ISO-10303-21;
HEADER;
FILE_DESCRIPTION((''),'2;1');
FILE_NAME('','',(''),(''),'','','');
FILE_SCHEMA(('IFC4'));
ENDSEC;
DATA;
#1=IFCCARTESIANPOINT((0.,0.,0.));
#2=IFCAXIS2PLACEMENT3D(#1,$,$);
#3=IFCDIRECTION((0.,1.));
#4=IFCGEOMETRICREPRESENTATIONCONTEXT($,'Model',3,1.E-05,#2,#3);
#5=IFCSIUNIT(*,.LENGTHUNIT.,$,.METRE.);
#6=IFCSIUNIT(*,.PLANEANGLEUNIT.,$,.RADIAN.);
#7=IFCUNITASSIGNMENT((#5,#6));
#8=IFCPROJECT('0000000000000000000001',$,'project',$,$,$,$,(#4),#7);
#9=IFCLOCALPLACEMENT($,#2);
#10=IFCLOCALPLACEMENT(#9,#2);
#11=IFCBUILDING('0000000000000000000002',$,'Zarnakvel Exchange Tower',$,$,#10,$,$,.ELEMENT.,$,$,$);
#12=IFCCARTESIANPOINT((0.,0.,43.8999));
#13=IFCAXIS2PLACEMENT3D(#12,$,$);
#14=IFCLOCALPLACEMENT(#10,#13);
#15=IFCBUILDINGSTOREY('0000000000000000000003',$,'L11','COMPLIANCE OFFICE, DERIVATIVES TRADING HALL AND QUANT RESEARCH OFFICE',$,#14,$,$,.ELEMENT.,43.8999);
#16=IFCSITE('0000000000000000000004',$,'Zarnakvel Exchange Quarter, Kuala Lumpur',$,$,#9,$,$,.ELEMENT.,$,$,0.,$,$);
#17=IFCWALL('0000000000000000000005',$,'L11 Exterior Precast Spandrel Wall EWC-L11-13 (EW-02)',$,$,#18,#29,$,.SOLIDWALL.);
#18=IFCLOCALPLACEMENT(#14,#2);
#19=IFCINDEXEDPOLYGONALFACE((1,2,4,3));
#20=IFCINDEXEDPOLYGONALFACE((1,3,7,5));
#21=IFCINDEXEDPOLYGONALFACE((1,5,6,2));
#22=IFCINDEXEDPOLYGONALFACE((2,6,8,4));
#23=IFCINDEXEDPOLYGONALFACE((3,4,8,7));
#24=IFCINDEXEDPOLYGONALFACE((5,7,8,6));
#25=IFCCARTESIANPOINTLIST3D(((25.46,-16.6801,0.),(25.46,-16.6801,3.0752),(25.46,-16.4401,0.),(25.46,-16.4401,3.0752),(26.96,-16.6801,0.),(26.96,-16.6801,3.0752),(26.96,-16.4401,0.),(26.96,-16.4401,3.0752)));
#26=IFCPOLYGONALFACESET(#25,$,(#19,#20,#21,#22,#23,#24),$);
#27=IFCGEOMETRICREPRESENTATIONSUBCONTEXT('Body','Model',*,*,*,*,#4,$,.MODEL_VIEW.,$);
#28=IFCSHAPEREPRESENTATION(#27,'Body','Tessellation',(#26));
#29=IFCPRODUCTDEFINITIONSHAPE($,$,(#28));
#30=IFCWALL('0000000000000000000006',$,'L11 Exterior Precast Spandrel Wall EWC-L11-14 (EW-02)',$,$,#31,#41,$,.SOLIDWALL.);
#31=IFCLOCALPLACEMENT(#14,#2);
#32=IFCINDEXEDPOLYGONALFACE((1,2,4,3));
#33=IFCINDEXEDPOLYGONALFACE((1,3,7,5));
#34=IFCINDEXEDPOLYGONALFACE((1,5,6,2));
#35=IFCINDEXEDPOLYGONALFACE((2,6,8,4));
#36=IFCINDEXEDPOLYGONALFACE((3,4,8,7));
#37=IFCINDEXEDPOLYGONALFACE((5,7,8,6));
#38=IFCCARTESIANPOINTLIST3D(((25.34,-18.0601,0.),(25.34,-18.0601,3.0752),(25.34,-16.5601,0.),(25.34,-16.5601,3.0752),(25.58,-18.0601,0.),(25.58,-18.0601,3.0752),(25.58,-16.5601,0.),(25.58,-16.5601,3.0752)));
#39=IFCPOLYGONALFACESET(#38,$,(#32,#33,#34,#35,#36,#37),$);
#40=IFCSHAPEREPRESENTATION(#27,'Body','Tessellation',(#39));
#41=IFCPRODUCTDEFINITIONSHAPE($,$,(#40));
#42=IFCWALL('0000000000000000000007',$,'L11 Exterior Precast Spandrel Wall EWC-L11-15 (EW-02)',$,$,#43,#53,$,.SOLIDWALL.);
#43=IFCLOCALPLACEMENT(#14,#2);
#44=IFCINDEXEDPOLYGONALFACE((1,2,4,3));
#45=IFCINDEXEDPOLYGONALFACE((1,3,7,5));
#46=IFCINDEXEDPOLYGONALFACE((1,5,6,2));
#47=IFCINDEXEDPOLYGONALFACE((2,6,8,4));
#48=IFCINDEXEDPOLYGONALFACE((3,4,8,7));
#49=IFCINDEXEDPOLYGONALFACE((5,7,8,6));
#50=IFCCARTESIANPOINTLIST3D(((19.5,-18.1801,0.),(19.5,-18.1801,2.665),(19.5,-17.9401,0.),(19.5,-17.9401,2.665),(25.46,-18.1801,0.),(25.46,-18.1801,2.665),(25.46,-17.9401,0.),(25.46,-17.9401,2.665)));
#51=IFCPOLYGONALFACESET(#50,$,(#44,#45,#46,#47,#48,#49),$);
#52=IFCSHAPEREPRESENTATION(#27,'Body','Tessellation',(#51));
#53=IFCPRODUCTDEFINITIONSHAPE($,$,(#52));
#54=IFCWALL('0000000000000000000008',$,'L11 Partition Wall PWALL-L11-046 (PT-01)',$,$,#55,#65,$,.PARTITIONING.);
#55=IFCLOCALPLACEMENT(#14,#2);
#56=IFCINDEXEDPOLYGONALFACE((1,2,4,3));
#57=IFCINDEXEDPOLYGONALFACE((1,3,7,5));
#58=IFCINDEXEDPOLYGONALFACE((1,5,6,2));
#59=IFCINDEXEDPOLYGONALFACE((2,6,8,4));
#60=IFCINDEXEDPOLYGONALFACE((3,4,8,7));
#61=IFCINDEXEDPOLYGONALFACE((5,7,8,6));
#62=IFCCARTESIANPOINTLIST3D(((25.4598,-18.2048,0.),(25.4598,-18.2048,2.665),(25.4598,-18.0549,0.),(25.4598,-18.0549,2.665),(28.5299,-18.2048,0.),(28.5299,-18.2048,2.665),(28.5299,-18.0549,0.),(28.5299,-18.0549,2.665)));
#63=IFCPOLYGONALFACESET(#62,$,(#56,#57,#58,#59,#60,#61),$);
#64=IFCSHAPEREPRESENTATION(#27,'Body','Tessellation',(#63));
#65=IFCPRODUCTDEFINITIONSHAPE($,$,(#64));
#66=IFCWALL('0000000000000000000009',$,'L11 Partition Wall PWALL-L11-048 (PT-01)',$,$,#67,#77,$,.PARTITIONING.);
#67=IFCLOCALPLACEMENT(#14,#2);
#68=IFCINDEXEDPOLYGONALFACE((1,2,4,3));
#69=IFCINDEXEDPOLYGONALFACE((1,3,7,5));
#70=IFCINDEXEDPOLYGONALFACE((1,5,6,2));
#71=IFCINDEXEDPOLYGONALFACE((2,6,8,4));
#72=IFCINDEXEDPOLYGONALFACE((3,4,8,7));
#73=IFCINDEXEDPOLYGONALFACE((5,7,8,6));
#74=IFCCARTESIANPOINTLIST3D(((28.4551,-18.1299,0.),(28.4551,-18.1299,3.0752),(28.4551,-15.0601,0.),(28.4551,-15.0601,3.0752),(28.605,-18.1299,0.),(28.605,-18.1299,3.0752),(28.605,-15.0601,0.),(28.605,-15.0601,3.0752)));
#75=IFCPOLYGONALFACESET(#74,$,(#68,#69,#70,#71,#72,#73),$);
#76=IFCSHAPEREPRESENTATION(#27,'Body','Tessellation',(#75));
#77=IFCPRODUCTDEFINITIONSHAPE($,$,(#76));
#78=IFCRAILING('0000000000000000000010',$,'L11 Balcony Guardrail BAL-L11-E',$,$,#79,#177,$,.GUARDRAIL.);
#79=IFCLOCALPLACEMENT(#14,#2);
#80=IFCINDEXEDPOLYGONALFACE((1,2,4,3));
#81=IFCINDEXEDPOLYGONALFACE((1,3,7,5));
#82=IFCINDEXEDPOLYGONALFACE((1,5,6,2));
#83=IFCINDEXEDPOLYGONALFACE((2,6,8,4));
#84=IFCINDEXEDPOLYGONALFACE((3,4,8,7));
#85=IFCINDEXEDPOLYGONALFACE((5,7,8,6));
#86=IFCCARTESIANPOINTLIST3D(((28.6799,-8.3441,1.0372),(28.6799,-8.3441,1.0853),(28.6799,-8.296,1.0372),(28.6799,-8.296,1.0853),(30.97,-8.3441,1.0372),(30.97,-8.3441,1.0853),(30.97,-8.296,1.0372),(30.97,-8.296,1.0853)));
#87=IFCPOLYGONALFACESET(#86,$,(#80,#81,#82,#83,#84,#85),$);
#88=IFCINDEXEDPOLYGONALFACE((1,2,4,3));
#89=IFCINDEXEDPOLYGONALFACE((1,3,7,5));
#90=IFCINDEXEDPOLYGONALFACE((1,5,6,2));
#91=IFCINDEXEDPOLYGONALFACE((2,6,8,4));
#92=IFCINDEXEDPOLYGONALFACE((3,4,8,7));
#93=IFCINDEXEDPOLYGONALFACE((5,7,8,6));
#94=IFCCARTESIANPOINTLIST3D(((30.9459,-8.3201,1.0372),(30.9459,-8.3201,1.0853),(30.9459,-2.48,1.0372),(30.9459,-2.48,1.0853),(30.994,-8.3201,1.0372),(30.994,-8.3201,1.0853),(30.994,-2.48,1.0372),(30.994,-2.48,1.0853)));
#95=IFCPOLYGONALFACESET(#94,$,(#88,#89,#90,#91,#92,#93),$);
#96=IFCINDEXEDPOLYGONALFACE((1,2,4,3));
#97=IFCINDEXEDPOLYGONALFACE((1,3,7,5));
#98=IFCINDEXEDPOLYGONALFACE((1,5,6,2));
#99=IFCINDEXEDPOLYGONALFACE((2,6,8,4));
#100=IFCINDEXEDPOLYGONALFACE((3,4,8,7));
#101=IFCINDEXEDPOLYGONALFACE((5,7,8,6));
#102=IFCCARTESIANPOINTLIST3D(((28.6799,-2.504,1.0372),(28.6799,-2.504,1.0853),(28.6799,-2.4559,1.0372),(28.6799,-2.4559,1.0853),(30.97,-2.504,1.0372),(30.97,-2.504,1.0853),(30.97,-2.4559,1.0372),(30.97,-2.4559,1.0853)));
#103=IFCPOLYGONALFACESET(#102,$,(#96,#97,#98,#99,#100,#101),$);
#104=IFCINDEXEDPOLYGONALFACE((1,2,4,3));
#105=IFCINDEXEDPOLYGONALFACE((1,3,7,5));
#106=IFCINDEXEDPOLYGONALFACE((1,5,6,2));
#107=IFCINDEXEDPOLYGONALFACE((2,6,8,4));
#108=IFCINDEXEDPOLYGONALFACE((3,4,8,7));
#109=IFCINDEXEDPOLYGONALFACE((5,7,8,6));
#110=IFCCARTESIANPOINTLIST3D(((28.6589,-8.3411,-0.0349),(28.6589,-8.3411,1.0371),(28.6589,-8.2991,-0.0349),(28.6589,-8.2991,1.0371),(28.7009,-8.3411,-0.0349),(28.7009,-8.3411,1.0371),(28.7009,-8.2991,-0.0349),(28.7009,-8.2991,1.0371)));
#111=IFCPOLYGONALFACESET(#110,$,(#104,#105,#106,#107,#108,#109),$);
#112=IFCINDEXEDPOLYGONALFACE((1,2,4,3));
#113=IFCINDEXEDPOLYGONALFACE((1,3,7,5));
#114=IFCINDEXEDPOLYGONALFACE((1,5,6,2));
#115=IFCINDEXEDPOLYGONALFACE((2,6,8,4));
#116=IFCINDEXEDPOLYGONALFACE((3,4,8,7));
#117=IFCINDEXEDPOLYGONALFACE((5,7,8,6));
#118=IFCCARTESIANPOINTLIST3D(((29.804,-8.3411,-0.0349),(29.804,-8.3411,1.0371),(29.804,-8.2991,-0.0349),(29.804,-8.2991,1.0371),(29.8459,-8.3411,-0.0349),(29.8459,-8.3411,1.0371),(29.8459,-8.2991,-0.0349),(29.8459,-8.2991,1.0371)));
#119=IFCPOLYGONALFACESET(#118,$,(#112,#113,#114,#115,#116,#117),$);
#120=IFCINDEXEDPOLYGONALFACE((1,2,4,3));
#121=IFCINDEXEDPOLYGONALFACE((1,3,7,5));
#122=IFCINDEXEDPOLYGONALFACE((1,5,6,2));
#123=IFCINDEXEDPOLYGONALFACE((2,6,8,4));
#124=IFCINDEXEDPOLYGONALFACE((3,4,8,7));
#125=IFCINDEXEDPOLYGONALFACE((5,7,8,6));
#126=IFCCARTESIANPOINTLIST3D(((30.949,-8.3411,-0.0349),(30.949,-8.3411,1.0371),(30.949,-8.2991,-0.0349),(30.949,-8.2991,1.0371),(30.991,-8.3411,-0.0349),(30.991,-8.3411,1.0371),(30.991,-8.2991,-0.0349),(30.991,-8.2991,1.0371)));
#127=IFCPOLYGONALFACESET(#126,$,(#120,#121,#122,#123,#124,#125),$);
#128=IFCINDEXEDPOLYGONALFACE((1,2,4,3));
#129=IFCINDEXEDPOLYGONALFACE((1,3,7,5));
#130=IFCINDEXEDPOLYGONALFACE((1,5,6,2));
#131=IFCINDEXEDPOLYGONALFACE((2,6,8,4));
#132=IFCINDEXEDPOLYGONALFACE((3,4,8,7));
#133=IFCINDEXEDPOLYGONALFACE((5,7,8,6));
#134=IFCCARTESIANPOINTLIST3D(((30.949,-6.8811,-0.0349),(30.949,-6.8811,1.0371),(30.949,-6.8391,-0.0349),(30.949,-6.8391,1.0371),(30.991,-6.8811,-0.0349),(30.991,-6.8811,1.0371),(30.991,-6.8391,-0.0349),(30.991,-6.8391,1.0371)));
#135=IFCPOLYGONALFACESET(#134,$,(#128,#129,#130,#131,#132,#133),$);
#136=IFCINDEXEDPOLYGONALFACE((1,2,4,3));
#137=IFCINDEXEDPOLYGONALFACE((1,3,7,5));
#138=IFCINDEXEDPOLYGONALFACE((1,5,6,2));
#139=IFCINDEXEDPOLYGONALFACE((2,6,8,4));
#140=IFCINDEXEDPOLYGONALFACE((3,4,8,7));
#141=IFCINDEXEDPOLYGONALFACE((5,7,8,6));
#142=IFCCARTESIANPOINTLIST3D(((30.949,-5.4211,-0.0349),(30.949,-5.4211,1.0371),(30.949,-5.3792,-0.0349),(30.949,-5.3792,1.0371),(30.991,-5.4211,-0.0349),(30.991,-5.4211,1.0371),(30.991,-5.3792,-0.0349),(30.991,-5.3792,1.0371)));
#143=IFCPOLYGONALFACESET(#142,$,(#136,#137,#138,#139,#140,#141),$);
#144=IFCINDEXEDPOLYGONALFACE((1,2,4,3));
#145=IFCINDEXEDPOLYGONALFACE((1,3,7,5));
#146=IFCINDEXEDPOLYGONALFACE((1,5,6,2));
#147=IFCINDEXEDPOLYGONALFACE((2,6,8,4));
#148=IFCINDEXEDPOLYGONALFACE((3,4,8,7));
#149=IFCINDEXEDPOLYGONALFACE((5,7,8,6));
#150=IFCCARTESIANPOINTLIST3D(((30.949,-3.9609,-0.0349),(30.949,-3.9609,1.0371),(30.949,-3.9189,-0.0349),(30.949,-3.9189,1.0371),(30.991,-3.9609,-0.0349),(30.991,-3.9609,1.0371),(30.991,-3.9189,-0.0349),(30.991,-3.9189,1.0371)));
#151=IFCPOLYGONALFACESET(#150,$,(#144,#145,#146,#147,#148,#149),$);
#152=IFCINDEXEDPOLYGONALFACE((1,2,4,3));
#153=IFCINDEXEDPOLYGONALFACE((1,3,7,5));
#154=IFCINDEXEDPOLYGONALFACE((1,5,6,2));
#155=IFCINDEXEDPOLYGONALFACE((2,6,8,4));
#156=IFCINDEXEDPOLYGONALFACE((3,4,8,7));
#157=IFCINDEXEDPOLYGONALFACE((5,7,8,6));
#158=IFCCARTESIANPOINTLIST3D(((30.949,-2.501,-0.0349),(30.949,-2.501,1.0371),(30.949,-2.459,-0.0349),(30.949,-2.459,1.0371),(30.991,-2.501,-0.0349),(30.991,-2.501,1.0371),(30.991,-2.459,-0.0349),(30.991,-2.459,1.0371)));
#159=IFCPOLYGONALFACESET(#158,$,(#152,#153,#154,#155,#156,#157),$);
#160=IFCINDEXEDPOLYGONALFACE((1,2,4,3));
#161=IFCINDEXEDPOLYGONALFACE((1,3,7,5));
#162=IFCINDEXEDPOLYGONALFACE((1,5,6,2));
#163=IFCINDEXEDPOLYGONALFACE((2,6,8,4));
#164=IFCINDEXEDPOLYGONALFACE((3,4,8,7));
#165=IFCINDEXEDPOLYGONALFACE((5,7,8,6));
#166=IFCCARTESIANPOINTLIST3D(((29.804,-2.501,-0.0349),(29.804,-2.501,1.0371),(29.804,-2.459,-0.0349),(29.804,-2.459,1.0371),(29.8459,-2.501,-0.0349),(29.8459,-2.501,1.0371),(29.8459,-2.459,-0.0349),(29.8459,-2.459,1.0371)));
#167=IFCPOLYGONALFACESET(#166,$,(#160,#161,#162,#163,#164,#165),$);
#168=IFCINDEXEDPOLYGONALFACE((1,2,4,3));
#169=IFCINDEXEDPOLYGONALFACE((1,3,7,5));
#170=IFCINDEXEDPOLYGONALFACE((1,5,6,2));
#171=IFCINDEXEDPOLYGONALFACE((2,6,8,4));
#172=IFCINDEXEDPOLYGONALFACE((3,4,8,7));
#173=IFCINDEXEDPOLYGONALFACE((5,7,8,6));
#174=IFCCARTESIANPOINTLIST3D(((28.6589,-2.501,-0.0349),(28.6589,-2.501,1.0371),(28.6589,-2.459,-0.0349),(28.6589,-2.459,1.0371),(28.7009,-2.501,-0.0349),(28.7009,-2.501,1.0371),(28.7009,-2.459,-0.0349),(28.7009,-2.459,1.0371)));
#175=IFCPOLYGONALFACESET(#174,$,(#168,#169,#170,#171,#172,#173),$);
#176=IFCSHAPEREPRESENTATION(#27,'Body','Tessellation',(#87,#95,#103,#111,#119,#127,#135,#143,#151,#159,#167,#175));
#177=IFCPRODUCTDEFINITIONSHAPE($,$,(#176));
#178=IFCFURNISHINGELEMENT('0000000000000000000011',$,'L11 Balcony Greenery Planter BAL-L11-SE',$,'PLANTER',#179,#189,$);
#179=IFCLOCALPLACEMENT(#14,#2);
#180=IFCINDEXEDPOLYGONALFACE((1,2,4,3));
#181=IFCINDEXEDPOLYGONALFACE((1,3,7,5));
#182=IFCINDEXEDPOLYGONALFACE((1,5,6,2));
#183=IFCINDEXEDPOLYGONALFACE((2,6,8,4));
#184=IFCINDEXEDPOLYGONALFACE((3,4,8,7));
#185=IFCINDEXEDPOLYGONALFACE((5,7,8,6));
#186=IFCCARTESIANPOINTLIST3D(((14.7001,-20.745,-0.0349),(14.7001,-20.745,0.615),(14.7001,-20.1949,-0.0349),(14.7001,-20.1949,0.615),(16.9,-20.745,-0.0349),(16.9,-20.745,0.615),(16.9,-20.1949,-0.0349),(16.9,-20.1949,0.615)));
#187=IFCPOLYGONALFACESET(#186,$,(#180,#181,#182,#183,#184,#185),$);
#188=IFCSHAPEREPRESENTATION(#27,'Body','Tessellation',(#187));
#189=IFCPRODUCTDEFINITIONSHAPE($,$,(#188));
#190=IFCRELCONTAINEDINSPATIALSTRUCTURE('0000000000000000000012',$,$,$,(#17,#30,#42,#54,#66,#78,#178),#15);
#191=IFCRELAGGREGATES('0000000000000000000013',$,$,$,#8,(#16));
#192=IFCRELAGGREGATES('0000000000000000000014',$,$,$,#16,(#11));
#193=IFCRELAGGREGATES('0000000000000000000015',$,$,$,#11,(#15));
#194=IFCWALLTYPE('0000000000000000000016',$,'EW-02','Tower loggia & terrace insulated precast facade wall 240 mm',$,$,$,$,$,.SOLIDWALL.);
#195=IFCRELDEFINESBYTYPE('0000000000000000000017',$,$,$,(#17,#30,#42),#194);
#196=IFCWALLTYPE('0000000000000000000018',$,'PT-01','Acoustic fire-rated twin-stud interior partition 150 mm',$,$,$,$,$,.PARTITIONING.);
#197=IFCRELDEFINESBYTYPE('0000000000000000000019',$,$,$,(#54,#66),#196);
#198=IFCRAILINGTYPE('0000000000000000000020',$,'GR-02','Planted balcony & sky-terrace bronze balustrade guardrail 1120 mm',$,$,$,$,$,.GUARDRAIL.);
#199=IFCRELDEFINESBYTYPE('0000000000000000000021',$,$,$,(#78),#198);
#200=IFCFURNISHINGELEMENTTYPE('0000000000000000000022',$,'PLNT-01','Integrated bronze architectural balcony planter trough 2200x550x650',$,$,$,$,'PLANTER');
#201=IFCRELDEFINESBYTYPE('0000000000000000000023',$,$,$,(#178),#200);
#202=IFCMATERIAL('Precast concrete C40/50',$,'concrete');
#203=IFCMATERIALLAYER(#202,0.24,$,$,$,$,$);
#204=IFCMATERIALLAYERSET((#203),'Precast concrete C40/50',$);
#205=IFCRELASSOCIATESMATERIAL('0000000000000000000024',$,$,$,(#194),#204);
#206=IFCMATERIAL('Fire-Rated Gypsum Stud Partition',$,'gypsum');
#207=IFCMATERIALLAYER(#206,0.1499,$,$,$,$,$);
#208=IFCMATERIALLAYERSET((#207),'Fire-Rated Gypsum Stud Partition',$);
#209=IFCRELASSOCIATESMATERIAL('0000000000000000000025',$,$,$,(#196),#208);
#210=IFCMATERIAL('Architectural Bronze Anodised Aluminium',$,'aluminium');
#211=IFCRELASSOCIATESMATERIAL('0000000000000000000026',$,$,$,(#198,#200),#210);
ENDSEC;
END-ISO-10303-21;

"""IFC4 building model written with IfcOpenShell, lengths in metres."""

from ifc_helpers import new_model, si_unit, direction, frame, frame_2d, origin, origin_2d, place, context, subcontext, project, spatial, rectangle, extrude, source, transform, mapped, material, layer, layer_set, type_object, element, save


model = new_model("IFC4")

# Units and contexts
model_context = context("Model", 3, precision=1e-05, world=origin(), true_north=direction((0.0, 1.0)))
body_context = subcontext(model_context, "Body", "Model", "MODEL_VIEW")
ifc_project = project(units=[si_unit("LENGTHUNIT", "METRE"), si_unit("PLANEANGLEUNIT", "RADIAN")], contexts=[model_context])

# Site, building, storey
site_placement = place(None, origin())
site = spatial("IfcSite", under=ifc_project, at=site_placement, Name="Zarnakvel Exchange Quarter, Kuala Lumpur", CompositionType="ELEMENT", RefElevation=0.0)
building_placement = place(site_placement, origin())
building = spatial("IfcBuilding", under=site, at=building_placement, Name="Zarnakvel Exchange Tower", CompositionType="ELEMENT")
storey_placement = place(building_placement, frame((0.0, 0.0, 43.8999)))
storey = spatial("IfcBuildingStorey", under=building, at=storey_placement, Name="L11", Description="COMPLIANCE OFFICE, DERIVATIVES TRADING HALL AND QUANT RESEARCH OFFICE", CompositionType="ELEMENT", Elevation=43.8999)

# Shared definitions
ifc_material_1 = material(Name="Precast concrete C40/50", Category="concrete")
ifc_layer_1 = layer(ifc_material_1, 0.24)
ifc_layer_set_1 = layer_set([ifc_layer_1], Name="Precast concrete C40/50")
wall_type_1 = type_object("IfcWallType", Name="EW-02", Description="Tower loggia & terrace insulated precast facade wall 240 mm", PredefinedType="SOLIDWALL", material=ifc_layer_set_1)
ifc_material_2 = material(Name="Architectural Bronze Anodised Aluminium", Category="aluminium")

# Walls
for number, where, z_axis, x_axis, name in (
    (1, (25.46, -16.5601, 0.0), (0.0, 0.0, 1.0), (1.0, 0.0, 0.0), "L11 Exterior Precast Spandrel Wall EWC-L11-13 (EW-02)"),
    (2, (25.46, -18.0601, 0.0), (0.0, 0.0, 1.0), (0.0, 1.0, 0.0), "L11 Exterior Precast Spandrel Wall EWC-L11-14 (EW-02)"),
):
    element("IfcWall", number, at=place(storey_placement, frame(where, z_axis=z_axis, x_axis=x_axis)), inside=storey, type_object=wall_type_1, Name=name, PredefinedType="SOLIDWALL", context=body_context, shape_type="SweptSolid", body=[
        extrude(rectangle(XDim=1.5, YDim=0.24, at=frame_2d((0.75, 0.0))), origin(), (0.0, 0.0, 1.0), 3.0752),
    ])
wall_1_placement = place(storey_placement, frame((19.5, -18.0601, 0.0), z_axis=(0.0, 0.0, 1.0), x_axis=(1.0, 0.0, 0.0)))
element("IfcWall", 3, at=wall_1_placement, inside=storey, type_object=wall_type_1, Name="L11 Exterior Precast Spandrel Wall EWC-L11-15 (EW-02)", PredefinedType="SOLIDWALL", context=body_context, shape_type="SweptSolid", body=[
    extrude(rectangle(XDim=5.96, YDim=0.24, at=frame_2d((2.98, 0.0))), origin(), (0.0, 0.0, 1.0), 2.665),
])
ifc_material_3 = material(Name="Fire-Rated Gypsum Stud Partition", Category="gypsum")
ifc_layer_2 = layer(ifc_material_3, 0.1499)
ifc_layer_set_2 = layer_set([ifc_layer_2], Name="Fire-Rated Gypsum Stud Partition")
wall_type_2 = type_object("IfcWallType", Name="PT-01", Description="Acoustic fire-rated twin-stud interior partition 150 mm", PredefinedType="PARTITIONING", material=ifc_layer_set_2)
wall_2_placement = place(storey_placement, frame((28.53, -18.1299, 0.0), z_axis=(0.0, 0.0, 1.0), x_axis=(-1.0, 0.0, 0.0)))
element("IfcWall", 4, at=wall_2_placement, inside=storey, type_object=wall_type_2, Name="L11 Partition Wall PWALL-L11-046 (PT-01)", PredefinedType="PARTITIONING", context=body_context, shape_type="SweptSolid", body=[
    extrude(rectangle(XDim=3.0701, YDim=0.1499, at=frame_2d((1.5352, 0.0))), origin(), (0.0, 0.0, 1.0), 2.665),
])
wall_3_placement = place(storey_placement, frame((28.53, -15.0601, 0.0), z_axis=(0.0, 0.0, 1.0), x_axis=(0.0, -1.0, 0.0)))
element("IfcWall", 5, at=wall_3_placement, inside=storey, type_object=wall_type_2, Name="L11 Partition Wall PWALL-L11-048 (PT-01)", PredefinedType="PARTITIONING", context=body_context, shape_type="SweptSolid", body=[
    extrude(rectangle(XDim=3.0698, YDim=0.1499, at=frame_2d((1.5349, 0.0))), origin(), (0.0, 0.0, 1.0), 3.0752),
])

# Railing
railing_type = type_object("IfcRailingType", Name="GR-02", Description="Planted balcony & sky-terrace bronze balustrade guardrail 1120 mm", PredefinedType="GUARDRAIL", material=ifc_material_2)
railing_placement = place(storey_placement, frame((28.6799, -8.3201, -0.0349)))
element("IfcRailing", 6, at=railing_placement, inside=storey, type_object=railing_type, Name="L11 Balcony Guardrail BAL-L11-E", PredefinedType="GUARDRAIL", context=body_context, shape_type="SweptSolid", body=[
    extrude(rectangle(XDim=0.0481, YDim=0.0481, at=origin_2d()), frame((0.0, 0.0, 1.0962), z_axis=(1.0, 0.0, 0.0), x_axis=(0.0, 1.0, 0.0)), (0.0, 0.0, 1.0), 2.29),
    extrude(rectangle(XDim=0.0481, YDim=0.0481, at=origin_2d()), frame((2.29, 0.0, 1.0962), z_axis=(0.0, 1.0, 0.0), x_axis=(-1.0, 0.0, 0.0)), (0.0, 0.0, 1.0), 5.8401),
    extrude(rectangle(XDim=0.0481, YDim=0.0481, at=origin_2d()), frame((2.29, 5.8401, 1.0962), z_axis=(-1.0, 0.0, 0.0), x_axis=(0.0, -1.0, 0.0)), (0.0, 0.0, 1.0), 2.29),
    extrude(rectangle(XDim=0.042, YDim=0.042, at=origin_2d()), origin(), (0.0, 0.0, 1.0), 1.072),
    extrude(rectangle(XDim=0.042, YDim=0.042, at=origin_2d()), frame((1.145, 0.0, 0.0)), (0.0, 0.0, 1.0), 1.072),
    extrude(rectangle(XDim=0.042, YDim=0.042, at=origin_2d()), frame((2.29, 0.0, 0.0)), (0.0, 0.0, 1.0), 1.072),
    extrude(rectangle(XDim=0.042, YDim=0.042, at=origin_2d()), frame((2.29, 1.46, 0.0)), (0.0, 0.0, 1.0), 1.072),
    extrude(rectangle(XDim=0.042, YDim=0.042, at=origin_2d()), frame((2.29, 2.9199, 0.0)), (0.0, 0.0, 1.0), 1.072),
    extrude(rectangle(XDim=0.042, YDim=0.042, at=origin_2d()), frame((2.29, 4.3801, 0.0)), (0.0, 0.0, 1.0), 1.072),
    extrude(rectangle(XDim=0.042, YDim=0.042, at=origin_2d()), frame((2.29, 5.8401, 0.0)), (0.0, 0.0, 1.0), 1.072),
    extrude(rectangle(XDim=0.042, YDim=0.042, at=origin_2d()), frame((1.145, 5.8401, 0.0)), (0.0, 0.0, 1.0), 1.072),
    extrude(rectangle(XDim=0.042, YDim=0.042, at=origin_2d()), frame((0.0, 5.8401, 0.0)), (0.0, 0.0, 1.0), 1.072),
])

# Furnishing element
furnishing_element_type = type_object("IfcFurnishingElementType", Name="PLNT-01", Description="Integrated bronze architectural balcony planter trough 2200x550x650", ElementType="PLANTER", material=ifc_material_2)
shared_shape_1 = source(origin(), body_context, "Body", "SweptSolid", [
    extrude(rectangle(XDim=2.2, YDim=0.55, at=origin_2d()), origin(), (0.0, 0.0, 1.0), 0.6499),
])
furnishing_placement = place(storey_placement, frame((15.8, -20.47, -0.0349), z_axis=(0.0, 0.0, 1.0), x_axis=(1.0, 0.0, 0.0)))
element("IfcFurnishingElement", 7, at=furnishing_placement, inside=storey, type_object=furnishing_element_type, Name="L11 Balcony Greenery Planter BAL-L11-SE", ObjectType="PLANTER", context=body_context, shape_type="MappedRepresentation", body=[
    mapped(shared_shape_1, transform((0.0, 0.0, 0.0), x_axis=(1.0, 0.0, 0.0), y_axis=(0.0, 1.0, 0.0), z_axis=(0.0, 0.0, 1.0), scale=1.0)),
])

save(model, "model.ifc")
